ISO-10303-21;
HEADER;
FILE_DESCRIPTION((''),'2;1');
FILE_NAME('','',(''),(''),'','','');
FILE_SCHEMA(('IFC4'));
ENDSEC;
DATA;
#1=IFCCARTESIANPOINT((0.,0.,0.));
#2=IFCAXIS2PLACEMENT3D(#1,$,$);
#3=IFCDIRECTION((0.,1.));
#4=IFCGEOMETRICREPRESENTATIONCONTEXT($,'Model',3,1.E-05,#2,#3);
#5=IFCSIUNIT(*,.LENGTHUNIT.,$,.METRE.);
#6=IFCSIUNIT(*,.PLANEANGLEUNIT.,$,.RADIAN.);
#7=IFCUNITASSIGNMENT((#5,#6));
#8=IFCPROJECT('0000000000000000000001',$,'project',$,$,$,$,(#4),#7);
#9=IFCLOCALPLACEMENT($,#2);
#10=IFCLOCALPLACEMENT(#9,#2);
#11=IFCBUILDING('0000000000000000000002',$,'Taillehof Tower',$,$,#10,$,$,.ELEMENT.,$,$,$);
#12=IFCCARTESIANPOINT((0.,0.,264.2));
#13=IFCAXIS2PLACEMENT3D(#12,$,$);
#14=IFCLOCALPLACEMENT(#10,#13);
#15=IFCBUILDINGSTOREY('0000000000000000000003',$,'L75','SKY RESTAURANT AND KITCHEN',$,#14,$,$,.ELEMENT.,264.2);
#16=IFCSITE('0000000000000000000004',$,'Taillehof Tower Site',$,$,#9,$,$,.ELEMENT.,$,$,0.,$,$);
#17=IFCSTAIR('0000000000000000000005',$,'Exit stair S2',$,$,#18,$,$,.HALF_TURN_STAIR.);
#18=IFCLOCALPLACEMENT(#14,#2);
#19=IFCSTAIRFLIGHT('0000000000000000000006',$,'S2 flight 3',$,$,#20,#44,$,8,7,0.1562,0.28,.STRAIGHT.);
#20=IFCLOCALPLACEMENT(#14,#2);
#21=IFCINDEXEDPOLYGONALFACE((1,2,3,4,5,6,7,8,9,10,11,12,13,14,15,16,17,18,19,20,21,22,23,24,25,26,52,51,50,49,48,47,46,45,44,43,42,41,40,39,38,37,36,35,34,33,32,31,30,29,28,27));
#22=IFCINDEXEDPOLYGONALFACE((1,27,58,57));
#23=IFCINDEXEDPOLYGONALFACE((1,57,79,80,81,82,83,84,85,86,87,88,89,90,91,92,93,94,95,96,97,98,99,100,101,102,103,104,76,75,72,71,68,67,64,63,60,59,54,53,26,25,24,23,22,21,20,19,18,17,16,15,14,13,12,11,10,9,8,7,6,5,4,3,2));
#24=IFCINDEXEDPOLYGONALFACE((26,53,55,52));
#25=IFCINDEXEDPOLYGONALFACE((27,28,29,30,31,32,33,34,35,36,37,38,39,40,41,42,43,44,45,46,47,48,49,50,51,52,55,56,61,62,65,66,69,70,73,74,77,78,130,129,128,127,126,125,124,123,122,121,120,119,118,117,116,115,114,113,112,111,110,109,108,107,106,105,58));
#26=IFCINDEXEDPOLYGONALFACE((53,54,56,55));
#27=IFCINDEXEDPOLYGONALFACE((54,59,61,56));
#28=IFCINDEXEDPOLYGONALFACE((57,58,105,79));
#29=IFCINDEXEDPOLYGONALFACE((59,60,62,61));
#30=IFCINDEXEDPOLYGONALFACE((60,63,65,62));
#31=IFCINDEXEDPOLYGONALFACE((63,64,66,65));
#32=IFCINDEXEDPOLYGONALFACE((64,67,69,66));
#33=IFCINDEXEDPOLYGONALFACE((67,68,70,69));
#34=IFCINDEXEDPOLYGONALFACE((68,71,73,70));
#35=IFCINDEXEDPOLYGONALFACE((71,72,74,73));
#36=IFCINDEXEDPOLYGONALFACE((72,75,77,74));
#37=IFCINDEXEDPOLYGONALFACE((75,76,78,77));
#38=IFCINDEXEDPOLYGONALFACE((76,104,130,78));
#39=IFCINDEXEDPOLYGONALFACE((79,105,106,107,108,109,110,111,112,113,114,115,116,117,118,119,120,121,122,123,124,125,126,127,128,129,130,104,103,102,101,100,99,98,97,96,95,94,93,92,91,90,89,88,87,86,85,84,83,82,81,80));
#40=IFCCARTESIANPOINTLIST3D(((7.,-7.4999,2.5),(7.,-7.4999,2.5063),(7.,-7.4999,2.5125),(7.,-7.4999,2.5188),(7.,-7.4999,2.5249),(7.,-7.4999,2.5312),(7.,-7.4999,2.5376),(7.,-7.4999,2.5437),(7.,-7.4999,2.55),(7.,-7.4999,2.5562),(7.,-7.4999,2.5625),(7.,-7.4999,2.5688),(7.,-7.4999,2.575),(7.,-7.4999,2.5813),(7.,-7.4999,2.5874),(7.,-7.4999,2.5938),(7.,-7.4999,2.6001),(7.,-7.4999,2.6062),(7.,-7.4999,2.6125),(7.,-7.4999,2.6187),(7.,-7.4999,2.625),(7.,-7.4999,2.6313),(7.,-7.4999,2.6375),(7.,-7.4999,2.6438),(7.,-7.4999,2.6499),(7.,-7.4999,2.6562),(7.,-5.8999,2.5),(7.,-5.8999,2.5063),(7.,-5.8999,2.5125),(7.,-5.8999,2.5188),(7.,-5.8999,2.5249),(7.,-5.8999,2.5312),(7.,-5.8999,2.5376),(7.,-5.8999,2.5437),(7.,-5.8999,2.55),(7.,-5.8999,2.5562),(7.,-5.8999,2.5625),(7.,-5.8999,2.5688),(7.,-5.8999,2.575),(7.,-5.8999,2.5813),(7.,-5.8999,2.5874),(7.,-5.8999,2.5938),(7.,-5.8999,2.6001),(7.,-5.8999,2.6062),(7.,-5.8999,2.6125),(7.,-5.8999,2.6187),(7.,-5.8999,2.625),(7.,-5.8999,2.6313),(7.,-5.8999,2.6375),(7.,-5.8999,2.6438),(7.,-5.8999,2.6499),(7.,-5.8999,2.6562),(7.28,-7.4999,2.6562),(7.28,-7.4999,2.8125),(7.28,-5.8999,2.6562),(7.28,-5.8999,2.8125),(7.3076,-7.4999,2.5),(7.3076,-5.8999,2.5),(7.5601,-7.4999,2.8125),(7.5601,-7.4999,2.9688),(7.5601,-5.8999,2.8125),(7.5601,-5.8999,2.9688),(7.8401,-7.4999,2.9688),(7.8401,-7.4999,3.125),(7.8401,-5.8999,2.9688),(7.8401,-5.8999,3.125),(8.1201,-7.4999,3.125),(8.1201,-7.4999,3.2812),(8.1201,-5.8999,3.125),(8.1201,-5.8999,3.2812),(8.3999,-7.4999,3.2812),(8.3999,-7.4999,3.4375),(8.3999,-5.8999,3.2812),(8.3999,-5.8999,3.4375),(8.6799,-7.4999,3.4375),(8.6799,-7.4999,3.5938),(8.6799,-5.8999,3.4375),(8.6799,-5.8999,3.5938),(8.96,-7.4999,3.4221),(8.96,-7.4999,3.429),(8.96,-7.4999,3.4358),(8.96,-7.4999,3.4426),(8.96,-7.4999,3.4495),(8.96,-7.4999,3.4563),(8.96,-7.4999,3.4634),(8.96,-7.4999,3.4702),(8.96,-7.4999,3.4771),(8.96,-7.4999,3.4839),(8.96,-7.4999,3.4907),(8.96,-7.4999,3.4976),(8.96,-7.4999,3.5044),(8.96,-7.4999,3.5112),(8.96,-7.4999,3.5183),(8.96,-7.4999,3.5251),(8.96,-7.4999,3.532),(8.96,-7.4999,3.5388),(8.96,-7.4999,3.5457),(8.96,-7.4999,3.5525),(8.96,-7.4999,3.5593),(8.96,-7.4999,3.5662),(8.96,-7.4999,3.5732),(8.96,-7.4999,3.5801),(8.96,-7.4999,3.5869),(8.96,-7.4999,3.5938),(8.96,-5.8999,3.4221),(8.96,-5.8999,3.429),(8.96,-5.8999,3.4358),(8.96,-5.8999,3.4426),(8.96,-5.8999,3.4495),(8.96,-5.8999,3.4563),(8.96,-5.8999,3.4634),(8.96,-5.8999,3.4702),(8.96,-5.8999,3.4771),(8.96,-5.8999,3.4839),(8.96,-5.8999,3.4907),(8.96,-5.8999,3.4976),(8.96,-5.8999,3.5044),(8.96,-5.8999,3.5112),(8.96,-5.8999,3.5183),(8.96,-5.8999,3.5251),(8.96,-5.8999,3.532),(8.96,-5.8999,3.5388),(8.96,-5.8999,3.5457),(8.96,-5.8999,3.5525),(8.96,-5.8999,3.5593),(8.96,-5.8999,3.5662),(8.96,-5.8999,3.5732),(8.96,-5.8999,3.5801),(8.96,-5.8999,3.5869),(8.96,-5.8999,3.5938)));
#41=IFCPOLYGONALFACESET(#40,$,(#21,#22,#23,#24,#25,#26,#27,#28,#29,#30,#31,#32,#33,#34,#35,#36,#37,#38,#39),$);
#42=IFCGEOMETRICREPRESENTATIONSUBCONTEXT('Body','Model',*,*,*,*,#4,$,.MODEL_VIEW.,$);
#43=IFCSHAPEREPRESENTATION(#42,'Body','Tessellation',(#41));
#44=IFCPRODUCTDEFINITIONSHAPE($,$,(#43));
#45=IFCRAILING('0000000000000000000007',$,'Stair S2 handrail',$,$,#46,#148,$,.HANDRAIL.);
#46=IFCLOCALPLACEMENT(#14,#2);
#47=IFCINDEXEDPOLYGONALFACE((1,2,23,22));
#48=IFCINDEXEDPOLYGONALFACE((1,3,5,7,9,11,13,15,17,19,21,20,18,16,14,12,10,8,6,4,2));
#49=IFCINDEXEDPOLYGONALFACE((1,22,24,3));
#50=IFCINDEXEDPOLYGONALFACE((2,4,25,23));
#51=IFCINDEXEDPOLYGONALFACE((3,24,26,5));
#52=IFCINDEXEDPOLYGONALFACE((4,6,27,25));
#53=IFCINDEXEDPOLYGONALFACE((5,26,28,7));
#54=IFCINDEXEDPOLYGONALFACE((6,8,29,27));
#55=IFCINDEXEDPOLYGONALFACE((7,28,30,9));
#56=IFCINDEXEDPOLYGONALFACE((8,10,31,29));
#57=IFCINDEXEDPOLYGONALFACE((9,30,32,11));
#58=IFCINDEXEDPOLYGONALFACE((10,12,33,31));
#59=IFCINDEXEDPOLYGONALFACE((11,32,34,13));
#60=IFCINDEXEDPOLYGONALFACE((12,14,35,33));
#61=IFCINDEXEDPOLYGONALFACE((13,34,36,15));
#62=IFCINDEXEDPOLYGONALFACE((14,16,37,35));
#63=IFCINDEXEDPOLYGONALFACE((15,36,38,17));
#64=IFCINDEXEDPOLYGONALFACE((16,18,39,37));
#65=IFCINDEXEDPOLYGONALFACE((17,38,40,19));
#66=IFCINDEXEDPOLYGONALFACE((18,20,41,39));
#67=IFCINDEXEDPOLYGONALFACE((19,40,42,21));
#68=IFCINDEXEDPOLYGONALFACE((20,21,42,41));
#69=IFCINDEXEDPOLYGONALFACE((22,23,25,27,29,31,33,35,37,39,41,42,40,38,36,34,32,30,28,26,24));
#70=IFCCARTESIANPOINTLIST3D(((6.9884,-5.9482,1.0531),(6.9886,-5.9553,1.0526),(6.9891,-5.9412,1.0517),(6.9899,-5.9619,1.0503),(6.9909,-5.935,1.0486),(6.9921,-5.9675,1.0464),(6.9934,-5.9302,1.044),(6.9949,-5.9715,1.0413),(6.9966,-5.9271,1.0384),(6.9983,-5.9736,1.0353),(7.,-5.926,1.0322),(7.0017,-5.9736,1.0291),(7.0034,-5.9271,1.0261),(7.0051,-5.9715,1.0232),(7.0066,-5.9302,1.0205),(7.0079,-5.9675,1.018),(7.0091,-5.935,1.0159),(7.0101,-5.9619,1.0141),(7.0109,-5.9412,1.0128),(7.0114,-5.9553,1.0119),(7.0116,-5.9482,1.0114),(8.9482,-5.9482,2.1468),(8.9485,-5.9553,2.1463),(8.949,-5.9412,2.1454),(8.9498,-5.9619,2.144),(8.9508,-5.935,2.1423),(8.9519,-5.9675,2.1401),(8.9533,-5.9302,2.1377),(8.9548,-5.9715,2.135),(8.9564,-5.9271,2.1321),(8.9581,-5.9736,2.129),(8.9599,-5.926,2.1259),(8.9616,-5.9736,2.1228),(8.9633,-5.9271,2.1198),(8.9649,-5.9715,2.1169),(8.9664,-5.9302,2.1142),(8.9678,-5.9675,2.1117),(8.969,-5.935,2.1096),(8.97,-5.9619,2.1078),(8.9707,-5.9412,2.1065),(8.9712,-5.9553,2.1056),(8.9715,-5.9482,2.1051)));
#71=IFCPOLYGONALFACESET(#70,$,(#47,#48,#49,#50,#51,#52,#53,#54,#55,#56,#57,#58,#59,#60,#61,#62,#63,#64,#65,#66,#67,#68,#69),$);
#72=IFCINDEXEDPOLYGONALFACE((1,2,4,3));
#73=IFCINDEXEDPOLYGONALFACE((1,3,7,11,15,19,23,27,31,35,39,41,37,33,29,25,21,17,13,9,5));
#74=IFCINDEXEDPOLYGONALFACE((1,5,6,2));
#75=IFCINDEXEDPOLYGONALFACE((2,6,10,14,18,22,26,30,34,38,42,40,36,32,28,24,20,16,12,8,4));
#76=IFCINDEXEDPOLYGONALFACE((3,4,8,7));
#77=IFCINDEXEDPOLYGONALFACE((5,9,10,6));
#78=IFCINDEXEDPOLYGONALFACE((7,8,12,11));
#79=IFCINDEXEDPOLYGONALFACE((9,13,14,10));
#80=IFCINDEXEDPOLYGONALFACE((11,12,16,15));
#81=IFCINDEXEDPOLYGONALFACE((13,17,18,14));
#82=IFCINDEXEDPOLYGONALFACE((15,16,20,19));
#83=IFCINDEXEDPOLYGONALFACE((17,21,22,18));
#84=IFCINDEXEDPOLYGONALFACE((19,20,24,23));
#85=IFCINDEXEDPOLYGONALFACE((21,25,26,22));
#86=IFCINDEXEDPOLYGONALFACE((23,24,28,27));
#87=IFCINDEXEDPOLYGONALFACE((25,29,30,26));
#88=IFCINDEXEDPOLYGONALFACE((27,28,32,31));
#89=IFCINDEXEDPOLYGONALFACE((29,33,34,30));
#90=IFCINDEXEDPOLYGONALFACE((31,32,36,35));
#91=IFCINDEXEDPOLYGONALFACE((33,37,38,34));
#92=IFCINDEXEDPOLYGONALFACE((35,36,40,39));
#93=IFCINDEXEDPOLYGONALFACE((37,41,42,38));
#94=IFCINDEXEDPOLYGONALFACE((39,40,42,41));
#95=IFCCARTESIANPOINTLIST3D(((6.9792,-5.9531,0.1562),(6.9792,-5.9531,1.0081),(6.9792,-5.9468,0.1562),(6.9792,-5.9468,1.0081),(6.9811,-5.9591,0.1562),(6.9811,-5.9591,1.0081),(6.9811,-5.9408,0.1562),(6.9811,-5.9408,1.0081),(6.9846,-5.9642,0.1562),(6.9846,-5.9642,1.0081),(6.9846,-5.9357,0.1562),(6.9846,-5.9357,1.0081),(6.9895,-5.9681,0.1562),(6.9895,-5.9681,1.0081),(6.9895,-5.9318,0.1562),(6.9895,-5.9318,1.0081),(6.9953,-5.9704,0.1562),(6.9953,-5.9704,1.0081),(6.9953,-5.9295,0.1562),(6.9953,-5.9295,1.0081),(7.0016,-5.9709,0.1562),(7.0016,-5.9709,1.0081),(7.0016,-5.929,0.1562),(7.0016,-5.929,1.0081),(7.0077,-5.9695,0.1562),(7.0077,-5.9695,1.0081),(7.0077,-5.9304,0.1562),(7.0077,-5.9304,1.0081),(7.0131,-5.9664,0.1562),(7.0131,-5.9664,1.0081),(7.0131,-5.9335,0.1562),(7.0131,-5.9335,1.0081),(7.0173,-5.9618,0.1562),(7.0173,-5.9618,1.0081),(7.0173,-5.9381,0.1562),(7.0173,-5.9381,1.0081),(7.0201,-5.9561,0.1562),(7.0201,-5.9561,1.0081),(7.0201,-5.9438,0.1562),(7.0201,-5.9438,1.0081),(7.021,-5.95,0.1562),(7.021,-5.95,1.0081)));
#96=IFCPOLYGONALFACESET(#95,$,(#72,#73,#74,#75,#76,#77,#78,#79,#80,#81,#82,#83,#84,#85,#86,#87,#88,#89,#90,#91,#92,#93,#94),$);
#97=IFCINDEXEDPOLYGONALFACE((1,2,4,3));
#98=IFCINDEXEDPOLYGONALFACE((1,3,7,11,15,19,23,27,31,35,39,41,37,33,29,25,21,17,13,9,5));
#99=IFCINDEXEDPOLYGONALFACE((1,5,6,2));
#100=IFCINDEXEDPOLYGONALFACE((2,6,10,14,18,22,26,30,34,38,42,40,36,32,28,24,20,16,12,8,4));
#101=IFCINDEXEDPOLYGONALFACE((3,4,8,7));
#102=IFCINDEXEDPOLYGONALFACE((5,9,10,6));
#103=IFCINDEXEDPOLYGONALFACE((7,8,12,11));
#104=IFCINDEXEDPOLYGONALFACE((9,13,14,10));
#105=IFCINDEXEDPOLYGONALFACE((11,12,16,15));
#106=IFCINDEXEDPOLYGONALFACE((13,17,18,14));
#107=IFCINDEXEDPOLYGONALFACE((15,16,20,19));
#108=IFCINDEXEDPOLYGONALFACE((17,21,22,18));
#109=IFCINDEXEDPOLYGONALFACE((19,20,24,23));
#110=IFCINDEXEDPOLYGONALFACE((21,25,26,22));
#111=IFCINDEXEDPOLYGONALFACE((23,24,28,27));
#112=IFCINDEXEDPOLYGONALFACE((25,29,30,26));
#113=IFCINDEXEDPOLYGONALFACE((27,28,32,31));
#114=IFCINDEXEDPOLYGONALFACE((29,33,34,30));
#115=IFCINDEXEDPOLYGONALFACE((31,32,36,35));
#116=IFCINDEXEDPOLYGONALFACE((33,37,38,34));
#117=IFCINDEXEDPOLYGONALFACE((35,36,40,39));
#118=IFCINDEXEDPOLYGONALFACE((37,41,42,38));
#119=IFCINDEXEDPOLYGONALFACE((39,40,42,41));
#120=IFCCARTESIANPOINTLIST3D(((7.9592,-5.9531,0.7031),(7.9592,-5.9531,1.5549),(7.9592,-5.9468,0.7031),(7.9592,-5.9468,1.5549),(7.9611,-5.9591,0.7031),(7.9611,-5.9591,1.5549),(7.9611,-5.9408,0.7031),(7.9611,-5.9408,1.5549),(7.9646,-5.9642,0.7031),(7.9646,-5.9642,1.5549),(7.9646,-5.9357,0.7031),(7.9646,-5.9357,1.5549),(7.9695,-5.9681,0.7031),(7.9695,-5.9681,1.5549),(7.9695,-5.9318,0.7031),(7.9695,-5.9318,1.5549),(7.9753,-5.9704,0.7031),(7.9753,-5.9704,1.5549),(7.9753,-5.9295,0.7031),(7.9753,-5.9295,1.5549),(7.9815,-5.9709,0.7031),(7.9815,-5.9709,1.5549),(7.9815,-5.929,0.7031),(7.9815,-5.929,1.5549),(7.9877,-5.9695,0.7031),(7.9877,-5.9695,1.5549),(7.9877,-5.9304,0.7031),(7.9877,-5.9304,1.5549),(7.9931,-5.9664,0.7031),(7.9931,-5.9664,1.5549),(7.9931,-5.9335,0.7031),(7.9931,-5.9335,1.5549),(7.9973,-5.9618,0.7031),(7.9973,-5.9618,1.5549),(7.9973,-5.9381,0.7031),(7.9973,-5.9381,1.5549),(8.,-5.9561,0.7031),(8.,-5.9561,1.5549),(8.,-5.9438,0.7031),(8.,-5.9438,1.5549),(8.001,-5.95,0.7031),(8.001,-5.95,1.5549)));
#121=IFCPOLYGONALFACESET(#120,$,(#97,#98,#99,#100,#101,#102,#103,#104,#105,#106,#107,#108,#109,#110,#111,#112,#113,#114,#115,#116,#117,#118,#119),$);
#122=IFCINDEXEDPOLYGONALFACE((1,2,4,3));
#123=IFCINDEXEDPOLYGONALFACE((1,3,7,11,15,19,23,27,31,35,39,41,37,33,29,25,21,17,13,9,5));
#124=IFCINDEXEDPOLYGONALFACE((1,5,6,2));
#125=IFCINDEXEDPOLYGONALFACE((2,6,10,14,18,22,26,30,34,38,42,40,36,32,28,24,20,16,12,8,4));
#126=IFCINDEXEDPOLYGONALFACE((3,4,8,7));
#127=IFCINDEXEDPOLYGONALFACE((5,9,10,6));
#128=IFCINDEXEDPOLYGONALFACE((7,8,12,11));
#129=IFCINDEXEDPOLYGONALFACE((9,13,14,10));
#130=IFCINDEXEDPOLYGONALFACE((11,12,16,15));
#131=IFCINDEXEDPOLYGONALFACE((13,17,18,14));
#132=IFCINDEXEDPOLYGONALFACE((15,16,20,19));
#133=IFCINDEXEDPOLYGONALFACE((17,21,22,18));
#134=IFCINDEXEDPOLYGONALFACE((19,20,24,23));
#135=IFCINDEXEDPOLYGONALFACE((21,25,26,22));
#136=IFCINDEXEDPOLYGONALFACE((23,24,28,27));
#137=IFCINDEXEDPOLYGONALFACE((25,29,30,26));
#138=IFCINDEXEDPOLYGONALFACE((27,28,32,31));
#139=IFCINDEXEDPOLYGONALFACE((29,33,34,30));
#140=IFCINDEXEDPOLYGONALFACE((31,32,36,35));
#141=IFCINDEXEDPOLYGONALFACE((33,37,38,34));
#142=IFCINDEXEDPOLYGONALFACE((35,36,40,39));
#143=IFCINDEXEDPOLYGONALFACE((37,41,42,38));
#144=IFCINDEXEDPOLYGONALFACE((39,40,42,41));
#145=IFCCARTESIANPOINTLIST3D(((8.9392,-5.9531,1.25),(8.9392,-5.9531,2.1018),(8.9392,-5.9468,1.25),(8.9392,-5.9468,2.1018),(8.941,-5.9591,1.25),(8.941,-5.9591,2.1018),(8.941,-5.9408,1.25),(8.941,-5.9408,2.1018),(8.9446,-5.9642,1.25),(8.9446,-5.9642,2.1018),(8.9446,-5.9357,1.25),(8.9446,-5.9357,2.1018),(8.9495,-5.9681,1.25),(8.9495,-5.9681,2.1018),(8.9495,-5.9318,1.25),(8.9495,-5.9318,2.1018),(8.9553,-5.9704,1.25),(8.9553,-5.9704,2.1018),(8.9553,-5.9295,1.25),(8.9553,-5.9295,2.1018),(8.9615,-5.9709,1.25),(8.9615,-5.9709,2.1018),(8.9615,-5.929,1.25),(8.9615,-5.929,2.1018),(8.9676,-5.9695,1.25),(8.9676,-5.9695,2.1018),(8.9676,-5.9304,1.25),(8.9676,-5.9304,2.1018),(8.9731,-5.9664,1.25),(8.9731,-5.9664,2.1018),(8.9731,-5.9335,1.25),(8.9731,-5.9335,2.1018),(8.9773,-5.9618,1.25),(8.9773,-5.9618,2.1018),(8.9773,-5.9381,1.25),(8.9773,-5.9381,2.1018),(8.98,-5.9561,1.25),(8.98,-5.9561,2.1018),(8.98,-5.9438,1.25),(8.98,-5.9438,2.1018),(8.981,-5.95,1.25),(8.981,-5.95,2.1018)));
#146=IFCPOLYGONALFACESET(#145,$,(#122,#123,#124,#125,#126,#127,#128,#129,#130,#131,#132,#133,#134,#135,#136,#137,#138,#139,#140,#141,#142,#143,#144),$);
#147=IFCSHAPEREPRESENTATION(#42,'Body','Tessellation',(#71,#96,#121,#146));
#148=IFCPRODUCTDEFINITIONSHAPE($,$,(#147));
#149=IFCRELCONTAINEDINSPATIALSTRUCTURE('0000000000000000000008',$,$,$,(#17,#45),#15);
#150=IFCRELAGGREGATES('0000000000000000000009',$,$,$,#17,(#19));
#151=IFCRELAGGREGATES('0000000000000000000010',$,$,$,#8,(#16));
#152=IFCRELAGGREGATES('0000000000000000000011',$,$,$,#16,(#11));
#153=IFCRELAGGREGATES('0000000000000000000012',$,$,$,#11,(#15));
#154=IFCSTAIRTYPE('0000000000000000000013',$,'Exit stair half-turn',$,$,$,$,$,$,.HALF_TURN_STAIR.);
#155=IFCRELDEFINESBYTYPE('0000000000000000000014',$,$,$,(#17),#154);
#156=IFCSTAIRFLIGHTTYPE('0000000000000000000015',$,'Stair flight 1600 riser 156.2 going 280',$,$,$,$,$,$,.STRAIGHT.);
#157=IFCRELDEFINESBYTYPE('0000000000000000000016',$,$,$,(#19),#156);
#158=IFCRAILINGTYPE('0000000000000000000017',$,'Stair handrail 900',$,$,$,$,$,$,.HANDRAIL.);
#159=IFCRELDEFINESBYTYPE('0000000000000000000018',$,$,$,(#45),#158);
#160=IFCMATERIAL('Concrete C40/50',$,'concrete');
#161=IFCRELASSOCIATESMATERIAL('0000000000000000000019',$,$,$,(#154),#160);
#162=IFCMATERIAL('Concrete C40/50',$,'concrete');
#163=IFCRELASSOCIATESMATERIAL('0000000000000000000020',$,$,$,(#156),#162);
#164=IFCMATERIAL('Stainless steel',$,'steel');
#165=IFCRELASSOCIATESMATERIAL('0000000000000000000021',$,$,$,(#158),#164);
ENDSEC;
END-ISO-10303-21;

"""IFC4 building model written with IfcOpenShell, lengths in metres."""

from ifc_helpers import new_model, si_unit, direction, frame, origin, origin_2d, place, context, subcontext, project, spatial, polyline, circle, outline, extrude, material, type_object, element, aggregate, save


model = new_model("IFC4")

# Units and contexts
model_context = context("Model", 3, precision=1e-05, world=origin(), true_north=direction((0.0, 1.0)))
body_context = subcontext(model_context, "Body", "Model", "MODEL_VIEW")
ifc_project = project(units=[si_unit("LENGTHUNIT", "METRE"), si_unit("PLANEANGLEUNIT", "RADIAN")], contexts=[model_context])

# Site, building, storey
site_placement = place(None, origin())
site = spatial("IfcSite", under=ifc_project, at=site_placement, Name="Taillehof Tower Site", CompositionType="ELEMENT", RefElevation=0.0)
building_placement = place(site_placement, origin())
building = spatial("IfcBuilding", under=site, at=building_placement, Name="Taillehof Tower", CompositionType="ELEMENT")
storey_placement = place(building_placement, frame((0.0, 0.0, 264.2)))
storey = spatial("IfcBuildingStorey", under=building, at=storey_placement, Name="L75", Description="SKY RESTAURANT AND KITCHEN", CompositionType="ELEMENT", Elevation=264.2)

# Stair
ifc_material_1 = material(Name="Concrete C40/50", Category="concrete")
stair_type = type_object("IfcStairType", Name="Exit stair half-turn", PredefinedType="HALF_TURN_STAIR", material=ifc_material_1)
stair_1_placement = place(storey_placement, origin())
stair_1 = element("IfcStair", 1, at=stair_1_placement, inside=storey, type_object=stair_type, Name="Exit stair S2", PredefinedType="HALF_TURN_STAIR")

# Stair flight
ifc_material_2 = material(Name="Concrete C40/50", Category="concrete")
stair_flight_type = type_object("IfcStairFlightType", Name="Stair flight 1600 riser 156.2 going 280", PredefinedType="STRAIGHT", material=ifc_material_2)
stair_flight_1_placement = place(storey_placement, frame((7.0, -6.7, 2.5), z_axis=(0.0, 0.0, 1.0), x_axis=(1.0, 0.0, 0.0)))
stair_flight_1 = element("IfcStairFlight", 2, at=stair_flight_1_placement, type_object=stair_flight_type, Name="S2 flight 3", NumberOfRisers=8, NumberOfTreads=7, PredefinedType="STRAIGHT", RiserHeight=0.1562, TreadLength=0.28, context=body_context, shape_type="SweptSolid", body=[
    extrude(outline(polyline([(0.0, 0.0), (0.0, 0.0063), (0.0, 0.0125), (0.0, 0.0188), (0.0, 0.0249), (0.0, 0.0312), (0.0, 0.0376), (0.0, 0.0437), (0.0, 0.05), (0.0, 0.0562), (0.0, 0.0625), (0.0, 0.0688), (0.0, 0.075), (0.0, 0.0813), (0.0, 0.0874), (0.0, 0.0938), (0.0, 0.1001), (0.0, 0.1062), (0.0, 0.1125), (0.0, 0.1187), (0.0, 0.125), (0.0, 0.1313), (0.0, 0.1375), (0.0, 0.1438), (0.0, 0.1499), (0.0, 0.1562), (0.28, 0.1562), (0.28, 0.3125), (0.5601, 0.3125), (0.5601, 0.4688), (0.8401, 0.4688), (0.8401, 0.625), (1.1201, 0.625), (1.1201, 0.7812), (1.3999, 0.7812), (1.3999, 0.9375), (1.6799, 0.9375), (1.6799, 1.0938), (1.96, 1.0938), (1.96, 1.0869), (1.96, 1.0801), (1.96, 1.0732), (1.96, 1.0662), (1.96, 1.0593), (1.96, 1.0525), (1.96, 1.0457), (1.96, 1.0388), (1.96, 1.032), (1.96, 1.0251), (1.96, 1.0183), (1.96, 1.0112), (1.96, 1.0044), (1.96, 0.9976), (1.96, 0.9907), (1.96, 0.9839), (1.96, 0.9771), (1.96, 0.9702), (1.96, 0.9634), (1.96, 0.9563), (1.96, 0.9495), (1.96, 0.9426), (1.96, 0.9358), (1.96, 0.929), (1.96, 0.9221), (0.3076, 0.0), (0.0, 0.0)])), frame((0.0, 0.8, 0.0), z_axis=(0.0, -1.0, 0.0), x_axis=(1.0, 0.0, 0.0)), (0.0, 0.0, 1.0), 1.6),
])
aggregate(stair_1, [stair_flight_1])

# Railing
ifc_material_3 = material(Name="Stainless steel", Category="steel")
railing_type = type_object("IfcRailingType", Name="Stair handrail 900", PredefinedType="HANDRAIL", material=ifc_material_3)
for number, where, name in (
    (3, (7.0, -5.95, 0.1562), "Stair S2 handrail"),
):
    element("IfcRailing", number, at=place(storey_placement, frame(where)), inside=storey, type_object=railing_type, Name=name, PredefinedType="HANDRAIL", context=body_context, shape_type="SweptSolid", body=[
        extrude(circle(Radius=0.0239, at=origin_2d()), frame((0.0, 0.0, 0.876), z_axis=(0.873232, 0.0, 0.487304), x_axis=(0.0, 1.0, 0.0)), (0.0, 0.0, 1.0), 2.2444),
        extrude(circle(Radius=0.021, at=origin_2d()), origin(), (0.0, 0.0, 1.0), 0.8518),
        extrude(circle(Radius=0.021, at=origin_2d()), frame((0.98, 0.0, 0.5469)), (0.0, 0.0, 1.0), 0.8518),
        extrude(circle(Radius=0.021, at=origin_2d()), frame((1.96, 0.0, 1.0938)), (0.0, 0.0, 1.0), 0.8518),
    ])

save(model, "model.ifc")
